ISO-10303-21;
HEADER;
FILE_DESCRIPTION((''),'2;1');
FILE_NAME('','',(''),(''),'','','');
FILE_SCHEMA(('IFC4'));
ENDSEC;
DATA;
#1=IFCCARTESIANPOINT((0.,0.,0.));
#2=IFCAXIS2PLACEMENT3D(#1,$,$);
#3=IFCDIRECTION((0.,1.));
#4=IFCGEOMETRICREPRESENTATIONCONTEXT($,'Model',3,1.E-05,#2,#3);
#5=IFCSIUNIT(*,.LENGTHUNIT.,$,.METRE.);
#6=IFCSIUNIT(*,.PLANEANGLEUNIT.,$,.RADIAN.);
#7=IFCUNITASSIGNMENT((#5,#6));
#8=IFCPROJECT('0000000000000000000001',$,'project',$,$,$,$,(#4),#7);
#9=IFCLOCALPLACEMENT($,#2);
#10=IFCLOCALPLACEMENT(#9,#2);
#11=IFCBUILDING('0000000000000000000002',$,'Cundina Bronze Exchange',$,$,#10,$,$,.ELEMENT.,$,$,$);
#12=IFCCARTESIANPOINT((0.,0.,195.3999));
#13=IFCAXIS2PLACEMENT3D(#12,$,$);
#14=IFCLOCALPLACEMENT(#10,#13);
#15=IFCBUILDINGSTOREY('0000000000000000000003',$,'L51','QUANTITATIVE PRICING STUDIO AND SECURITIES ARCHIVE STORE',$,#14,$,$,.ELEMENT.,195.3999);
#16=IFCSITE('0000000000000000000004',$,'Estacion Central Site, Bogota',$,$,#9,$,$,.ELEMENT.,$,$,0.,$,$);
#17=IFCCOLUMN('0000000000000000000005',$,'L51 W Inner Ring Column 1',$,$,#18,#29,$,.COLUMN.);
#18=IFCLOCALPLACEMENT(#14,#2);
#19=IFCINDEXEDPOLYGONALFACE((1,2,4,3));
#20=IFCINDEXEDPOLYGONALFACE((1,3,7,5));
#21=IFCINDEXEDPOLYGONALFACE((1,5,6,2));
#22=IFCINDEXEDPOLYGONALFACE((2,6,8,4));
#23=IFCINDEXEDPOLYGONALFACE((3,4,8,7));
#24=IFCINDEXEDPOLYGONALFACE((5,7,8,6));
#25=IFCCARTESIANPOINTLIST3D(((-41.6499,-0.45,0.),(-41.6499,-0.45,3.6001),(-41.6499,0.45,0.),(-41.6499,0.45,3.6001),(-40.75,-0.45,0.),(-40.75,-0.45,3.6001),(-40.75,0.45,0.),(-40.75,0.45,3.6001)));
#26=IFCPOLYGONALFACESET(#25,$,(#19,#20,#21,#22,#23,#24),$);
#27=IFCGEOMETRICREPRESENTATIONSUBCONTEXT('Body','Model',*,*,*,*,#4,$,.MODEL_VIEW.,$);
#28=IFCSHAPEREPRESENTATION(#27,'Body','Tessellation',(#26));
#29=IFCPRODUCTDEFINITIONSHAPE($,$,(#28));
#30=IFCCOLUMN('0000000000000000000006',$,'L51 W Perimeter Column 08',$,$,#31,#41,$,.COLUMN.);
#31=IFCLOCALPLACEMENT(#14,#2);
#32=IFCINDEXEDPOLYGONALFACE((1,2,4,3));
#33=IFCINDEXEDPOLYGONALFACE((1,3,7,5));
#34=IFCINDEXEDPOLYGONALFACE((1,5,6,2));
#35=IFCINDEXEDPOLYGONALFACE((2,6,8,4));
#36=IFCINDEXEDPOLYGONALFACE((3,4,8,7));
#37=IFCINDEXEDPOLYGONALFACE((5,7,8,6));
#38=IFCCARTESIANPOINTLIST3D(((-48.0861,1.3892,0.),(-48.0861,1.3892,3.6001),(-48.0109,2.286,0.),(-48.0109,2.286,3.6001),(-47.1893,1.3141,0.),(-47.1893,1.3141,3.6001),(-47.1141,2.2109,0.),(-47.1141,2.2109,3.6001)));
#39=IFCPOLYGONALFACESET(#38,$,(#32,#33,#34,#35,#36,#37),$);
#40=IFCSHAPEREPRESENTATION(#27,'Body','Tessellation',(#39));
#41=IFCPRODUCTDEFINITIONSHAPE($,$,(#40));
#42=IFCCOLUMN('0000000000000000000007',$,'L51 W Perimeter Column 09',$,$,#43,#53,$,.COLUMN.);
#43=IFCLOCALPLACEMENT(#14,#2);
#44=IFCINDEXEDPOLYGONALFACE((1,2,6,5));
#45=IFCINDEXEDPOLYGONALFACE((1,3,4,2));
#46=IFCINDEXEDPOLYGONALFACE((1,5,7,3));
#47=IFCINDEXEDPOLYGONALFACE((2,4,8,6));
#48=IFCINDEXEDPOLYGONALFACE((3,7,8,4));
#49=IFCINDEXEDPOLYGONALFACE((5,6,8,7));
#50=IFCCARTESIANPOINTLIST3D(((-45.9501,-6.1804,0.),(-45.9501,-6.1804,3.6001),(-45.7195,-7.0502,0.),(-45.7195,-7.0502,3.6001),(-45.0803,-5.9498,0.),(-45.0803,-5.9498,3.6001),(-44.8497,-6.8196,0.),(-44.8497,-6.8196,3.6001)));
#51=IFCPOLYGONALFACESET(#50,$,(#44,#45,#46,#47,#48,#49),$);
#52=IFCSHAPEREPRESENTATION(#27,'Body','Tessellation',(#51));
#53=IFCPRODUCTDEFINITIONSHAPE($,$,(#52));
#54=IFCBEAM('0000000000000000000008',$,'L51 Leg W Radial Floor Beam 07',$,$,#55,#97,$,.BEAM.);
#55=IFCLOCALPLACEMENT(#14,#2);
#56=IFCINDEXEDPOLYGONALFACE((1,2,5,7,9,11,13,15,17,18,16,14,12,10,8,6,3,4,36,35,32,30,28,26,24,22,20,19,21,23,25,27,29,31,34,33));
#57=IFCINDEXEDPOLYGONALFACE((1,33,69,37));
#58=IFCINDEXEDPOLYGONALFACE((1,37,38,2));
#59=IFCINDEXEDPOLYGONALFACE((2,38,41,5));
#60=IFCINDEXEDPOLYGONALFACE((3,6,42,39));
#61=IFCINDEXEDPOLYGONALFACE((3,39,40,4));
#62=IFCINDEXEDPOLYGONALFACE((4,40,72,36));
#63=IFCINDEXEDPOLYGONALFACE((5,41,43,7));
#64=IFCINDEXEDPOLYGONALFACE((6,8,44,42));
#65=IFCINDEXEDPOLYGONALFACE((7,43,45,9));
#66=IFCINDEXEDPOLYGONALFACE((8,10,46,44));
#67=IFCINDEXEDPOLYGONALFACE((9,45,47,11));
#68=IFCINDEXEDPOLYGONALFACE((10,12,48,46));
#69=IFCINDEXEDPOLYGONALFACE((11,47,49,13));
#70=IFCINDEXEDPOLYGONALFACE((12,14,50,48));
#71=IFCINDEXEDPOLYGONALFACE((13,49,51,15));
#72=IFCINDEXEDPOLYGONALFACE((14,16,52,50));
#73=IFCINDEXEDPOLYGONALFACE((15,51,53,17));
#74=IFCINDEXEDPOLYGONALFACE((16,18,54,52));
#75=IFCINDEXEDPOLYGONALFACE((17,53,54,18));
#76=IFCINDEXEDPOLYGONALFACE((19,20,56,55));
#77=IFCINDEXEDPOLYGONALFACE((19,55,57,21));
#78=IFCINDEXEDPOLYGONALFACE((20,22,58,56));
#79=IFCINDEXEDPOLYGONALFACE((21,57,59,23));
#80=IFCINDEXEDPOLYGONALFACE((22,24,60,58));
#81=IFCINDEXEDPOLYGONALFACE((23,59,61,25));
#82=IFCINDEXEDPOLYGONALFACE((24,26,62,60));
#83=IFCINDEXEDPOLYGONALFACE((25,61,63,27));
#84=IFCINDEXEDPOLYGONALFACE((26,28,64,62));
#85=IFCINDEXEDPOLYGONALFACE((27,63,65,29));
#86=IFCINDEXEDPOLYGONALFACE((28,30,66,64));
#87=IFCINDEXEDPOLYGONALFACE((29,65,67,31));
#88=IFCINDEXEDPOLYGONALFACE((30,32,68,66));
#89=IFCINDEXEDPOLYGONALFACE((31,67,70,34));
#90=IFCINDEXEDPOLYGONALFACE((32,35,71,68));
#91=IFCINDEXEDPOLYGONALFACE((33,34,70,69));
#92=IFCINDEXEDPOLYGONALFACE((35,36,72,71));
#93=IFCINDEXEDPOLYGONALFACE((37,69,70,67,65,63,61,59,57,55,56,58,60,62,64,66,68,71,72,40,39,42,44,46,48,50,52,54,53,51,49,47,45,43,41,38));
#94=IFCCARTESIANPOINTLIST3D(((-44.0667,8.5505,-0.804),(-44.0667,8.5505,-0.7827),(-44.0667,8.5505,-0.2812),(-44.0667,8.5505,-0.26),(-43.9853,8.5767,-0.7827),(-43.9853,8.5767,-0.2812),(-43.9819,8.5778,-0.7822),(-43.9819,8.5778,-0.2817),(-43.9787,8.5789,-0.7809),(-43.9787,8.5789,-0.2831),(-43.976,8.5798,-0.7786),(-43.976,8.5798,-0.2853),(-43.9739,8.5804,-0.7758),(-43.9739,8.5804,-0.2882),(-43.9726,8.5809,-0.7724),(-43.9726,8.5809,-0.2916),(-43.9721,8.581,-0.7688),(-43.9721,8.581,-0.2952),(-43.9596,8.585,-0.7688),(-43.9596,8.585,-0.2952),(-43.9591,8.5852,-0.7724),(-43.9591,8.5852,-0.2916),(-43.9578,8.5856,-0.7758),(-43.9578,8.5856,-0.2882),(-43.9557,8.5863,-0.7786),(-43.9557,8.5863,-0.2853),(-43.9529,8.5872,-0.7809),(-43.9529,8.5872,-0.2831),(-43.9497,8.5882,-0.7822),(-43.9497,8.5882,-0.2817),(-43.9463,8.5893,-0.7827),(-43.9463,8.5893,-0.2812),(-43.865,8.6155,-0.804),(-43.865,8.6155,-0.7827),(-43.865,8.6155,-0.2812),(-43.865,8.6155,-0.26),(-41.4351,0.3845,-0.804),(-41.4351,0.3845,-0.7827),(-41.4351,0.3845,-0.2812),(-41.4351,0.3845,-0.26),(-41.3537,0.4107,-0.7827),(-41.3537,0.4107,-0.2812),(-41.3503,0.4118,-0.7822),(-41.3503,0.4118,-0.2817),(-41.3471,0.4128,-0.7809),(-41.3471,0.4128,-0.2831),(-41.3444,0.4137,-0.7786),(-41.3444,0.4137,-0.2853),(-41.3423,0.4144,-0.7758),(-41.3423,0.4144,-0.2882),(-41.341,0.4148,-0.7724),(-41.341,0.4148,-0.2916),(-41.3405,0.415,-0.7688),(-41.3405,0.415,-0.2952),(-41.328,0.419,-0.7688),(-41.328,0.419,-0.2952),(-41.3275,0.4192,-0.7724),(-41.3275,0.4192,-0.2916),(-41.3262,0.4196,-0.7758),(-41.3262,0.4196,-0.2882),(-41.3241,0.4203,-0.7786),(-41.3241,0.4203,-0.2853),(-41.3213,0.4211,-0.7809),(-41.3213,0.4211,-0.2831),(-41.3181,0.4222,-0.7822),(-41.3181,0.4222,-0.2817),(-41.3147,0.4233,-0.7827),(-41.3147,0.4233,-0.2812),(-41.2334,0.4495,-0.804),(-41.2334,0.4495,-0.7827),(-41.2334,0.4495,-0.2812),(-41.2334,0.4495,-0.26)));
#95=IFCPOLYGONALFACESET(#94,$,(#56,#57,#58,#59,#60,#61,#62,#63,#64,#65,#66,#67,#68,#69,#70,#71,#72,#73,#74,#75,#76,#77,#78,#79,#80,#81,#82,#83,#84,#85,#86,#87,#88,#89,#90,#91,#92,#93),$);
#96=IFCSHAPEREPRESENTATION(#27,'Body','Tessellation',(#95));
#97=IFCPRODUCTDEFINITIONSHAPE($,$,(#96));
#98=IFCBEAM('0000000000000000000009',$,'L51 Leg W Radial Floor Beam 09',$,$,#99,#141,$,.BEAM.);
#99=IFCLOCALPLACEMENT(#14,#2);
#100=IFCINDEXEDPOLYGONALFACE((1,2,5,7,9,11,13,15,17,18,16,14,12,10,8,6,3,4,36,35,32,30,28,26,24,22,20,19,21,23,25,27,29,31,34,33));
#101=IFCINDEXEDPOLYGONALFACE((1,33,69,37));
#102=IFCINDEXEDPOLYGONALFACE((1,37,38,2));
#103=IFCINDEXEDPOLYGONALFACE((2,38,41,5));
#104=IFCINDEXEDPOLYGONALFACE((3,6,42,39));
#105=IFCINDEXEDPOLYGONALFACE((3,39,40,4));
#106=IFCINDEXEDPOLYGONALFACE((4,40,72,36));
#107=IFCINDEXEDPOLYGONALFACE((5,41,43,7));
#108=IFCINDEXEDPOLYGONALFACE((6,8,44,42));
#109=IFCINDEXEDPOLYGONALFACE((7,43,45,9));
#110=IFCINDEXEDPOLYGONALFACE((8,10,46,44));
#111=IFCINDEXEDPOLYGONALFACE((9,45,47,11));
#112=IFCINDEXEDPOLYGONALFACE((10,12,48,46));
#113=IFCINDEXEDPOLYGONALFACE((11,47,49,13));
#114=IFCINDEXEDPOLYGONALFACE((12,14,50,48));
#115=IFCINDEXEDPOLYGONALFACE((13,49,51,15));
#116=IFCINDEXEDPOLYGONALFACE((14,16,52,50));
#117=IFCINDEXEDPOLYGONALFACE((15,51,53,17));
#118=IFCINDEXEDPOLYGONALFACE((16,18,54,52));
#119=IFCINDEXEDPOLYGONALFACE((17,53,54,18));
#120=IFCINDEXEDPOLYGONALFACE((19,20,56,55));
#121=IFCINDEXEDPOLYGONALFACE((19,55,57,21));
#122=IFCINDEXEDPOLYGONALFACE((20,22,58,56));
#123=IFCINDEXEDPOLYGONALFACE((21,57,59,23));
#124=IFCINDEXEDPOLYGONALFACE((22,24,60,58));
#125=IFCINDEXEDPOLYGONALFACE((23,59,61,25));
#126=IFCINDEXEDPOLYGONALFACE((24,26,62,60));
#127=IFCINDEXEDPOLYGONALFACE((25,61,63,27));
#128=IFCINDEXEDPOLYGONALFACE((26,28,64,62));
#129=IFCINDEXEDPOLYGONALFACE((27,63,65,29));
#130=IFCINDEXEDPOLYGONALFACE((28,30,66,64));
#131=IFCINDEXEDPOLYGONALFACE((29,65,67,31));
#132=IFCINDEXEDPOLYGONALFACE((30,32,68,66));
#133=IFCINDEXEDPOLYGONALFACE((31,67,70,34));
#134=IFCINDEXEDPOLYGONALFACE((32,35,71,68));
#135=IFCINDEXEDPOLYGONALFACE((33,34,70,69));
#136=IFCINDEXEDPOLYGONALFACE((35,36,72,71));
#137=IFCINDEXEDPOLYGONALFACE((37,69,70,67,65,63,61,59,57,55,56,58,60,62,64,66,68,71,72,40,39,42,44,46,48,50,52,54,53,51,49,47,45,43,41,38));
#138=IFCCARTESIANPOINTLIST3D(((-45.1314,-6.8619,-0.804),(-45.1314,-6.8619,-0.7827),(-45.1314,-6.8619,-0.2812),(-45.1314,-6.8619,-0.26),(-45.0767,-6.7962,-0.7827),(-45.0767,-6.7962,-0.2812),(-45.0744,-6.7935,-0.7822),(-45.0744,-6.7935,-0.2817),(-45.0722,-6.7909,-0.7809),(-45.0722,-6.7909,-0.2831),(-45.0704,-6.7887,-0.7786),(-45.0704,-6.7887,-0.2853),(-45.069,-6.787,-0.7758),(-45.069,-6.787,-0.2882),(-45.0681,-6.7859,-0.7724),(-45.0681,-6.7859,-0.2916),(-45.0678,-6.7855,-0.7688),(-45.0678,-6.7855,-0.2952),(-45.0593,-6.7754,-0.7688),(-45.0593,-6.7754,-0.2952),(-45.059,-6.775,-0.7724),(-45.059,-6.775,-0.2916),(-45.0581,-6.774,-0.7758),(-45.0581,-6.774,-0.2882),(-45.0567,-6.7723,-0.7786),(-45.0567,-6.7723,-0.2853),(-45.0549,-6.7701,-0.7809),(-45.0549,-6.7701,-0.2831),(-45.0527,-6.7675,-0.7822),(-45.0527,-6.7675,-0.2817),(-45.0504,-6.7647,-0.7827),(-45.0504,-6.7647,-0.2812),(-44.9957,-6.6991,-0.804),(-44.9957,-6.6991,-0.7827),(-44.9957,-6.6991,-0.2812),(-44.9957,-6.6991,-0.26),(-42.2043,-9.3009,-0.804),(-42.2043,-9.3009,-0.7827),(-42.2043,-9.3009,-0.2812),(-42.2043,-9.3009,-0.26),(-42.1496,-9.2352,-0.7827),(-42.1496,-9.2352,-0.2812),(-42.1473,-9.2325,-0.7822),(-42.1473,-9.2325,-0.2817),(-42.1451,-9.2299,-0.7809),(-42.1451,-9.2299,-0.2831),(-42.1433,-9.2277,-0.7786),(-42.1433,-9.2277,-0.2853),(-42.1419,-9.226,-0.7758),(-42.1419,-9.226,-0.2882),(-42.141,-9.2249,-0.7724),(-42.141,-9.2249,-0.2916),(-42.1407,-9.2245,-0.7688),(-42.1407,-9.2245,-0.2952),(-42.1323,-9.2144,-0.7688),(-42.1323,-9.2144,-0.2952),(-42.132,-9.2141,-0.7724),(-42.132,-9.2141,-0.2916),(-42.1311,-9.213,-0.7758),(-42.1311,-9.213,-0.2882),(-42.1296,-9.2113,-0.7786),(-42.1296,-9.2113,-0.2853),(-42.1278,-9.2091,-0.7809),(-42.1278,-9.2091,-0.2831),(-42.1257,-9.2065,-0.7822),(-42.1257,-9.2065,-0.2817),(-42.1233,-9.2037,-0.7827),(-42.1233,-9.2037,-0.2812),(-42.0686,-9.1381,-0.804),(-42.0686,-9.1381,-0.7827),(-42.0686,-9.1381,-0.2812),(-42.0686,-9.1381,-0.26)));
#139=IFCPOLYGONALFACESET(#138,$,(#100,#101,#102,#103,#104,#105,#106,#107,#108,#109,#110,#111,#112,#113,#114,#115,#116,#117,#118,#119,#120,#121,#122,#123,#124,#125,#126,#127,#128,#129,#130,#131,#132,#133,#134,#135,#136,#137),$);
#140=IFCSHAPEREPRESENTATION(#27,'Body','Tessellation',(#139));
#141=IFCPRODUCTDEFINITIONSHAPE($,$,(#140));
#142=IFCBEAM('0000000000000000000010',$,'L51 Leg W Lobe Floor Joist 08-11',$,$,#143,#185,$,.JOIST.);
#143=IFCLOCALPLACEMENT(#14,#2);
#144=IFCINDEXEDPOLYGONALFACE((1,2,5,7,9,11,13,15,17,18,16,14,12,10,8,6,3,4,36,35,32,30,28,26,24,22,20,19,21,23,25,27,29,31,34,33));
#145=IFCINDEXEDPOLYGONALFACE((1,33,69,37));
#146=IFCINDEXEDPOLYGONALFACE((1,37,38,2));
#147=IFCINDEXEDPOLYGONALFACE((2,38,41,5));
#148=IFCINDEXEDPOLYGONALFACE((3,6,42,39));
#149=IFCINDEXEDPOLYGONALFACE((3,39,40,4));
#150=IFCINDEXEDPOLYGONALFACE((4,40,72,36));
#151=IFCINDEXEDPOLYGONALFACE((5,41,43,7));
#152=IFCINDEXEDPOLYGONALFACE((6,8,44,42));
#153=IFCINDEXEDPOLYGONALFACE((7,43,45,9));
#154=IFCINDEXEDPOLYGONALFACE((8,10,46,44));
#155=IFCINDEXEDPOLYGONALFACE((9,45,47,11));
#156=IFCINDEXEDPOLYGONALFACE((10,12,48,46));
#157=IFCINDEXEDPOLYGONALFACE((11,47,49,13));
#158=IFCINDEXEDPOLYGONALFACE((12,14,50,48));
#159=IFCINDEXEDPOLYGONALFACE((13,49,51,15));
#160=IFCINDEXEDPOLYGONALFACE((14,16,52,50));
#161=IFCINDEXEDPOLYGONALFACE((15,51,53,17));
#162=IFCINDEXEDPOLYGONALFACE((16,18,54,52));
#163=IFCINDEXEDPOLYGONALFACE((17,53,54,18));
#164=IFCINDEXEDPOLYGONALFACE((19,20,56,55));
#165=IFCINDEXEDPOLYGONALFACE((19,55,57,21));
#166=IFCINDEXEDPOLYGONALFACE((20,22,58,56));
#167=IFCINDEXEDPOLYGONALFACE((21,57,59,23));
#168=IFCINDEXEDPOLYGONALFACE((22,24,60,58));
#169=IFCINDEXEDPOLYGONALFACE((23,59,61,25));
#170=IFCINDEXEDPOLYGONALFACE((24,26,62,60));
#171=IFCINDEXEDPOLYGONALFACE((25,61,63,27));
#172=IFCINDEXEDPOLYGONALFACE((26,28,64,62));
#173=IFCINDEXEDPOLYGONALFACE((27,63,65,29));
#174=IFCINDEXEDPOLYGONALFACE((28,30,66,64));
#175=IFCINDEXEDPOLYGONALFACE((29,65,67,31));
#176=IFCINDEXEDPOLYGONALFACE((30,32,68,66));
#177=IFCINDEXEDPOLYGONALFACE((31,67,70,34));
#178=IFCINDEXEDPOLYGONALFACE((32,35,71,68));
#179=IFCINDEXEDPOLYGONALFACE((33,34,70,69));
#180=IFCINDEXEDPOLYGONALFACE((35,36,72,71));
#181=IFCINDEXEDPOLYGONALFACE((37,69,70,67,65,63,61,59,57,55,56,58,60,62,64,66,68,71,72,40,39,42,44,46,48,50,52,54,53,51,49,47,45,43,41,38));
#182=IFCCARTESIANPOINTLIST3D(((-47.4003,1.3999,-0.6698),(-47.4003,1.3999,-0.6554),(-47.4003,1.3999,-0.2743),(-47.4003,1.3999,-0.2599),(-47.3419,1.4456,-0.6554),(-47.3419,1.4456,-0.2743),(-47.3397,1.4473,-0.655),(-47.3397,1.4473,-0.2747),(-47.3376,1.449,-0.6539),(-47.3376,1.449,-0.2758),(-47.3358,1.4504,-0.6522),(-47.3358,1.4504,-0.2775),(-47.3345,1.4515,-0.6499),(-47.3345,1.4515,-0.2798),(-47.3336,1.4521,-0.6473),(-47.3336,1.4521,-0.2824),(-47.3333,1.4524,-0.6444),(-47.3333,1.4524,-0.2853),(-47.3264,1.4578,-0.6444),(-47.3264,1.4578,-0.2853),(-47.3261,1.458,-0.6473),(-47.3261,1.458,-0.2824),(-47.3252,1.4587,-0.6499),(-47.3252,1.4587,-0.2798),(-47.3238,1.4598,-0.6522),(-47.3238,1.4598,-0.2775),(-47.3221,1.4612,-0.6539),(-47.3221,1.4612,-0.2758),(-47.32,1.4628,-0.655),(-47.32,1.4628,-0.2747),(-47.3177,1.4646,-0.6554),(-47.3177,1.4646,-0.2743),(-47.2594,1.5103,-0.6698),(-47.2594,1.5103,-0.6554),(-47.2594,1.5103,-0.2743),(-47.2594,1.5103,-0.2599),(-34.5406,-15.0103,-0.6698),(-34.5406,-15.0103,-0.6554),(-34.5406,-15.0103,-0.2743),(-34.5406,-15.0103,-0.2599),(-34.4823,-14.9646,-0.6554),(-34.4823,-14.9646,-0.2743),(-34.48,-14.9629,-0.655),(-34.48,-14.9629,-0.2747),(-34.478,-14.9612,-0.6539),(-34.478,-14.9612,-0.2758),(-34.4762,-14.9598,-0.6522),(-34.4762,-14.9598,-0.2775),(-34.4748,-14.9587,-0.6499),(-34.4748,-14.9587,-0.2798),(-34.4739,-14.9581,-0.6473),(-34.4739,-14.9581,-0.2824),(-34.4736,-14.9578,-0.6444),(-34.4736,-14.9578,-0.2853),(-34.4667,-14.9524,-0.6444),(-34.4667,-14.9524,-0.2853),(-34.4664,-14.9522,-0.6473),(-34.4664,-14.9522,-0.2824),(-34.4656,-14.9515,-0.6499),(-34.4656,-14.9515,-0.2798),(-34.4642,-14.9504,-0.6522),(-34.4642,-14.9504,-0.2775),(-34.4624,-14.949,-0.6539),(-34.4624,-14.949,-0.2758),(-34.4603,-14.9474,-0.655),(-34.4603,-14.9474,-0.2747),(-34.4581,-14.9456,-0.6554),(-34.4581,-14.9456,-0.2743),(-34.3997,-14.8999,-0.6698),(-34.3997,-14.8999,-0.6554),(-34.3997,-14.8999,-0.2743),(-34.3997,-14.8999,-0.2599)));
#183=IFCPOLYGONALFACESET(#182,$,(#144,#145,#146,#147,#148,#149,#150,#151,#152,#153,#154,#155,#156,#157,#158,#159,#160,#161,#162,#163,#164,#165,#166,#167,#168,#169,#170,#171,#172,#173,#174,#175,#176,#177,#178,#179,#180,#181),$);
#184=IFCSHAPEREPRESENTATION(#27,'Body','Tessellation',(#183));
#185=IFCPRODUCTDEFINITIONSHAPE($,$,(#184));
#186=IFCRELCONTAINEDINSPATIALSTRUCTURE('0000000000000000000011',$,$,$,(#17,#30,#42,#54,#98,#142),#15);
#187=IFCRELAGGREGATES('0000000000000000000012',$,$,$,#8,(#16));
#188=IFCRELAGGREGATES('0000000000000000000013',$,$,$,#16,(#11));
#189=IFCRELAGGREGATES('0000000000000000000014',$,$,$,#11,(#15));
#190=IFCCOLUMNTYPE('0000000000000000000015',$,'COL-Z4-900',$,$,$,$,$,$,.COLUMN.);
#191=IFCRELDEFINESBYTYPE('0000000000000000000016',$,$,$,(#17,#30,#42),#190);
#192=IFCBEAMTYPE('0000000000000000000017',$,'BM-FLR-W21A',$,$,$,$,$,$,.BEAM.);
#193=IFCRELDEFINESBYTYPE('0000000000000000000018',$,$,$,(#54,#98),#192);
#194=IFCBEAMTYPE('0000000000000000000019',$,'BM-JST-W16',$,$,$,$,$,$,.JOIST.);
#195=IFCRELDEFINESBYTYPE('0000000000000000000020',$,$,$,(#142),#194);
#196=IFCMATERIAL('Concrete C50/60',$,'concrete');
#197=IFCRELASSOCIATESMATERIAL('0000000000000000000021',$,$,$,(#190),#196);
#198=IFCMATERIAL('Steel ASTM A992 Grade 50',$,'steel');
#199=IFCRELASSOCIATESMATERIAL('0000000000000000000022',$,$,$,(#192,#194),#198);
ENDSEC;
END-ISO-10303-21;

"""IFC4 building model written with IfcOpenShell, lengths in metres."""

from ifc_helpers import new_model, si_unit, direction, frame, origin, origin_2d, place, context, subcontext, project, spatial, rectangle, i_section, extrude, material, material_profile, profile_set, type_object, element, save


model = new_model("IFC4")

# Units and contexts
model_context = context("Model", 3, precision=1e-05, world=origin(), true_north=direction((0.0, 1.0)))
body_context = subcontext(model_context, "Body", "Model", "MODEL_VIEW")
ifc_project = project(units=[si_unit("LENGTHUNIT", "METRE"), si_unit("PLANEANGLEUNIT", "RADIAN")], contexts=[model_context])

# Site, building, storey
site_placement = place(None, origin())
site = spatial("IfcSite", under=ifc_project, at=site_placement, Name="Estacion Central Site, Bogota", CompositionType="ELEMENT", RefElevation=0.0)
building_placement = place(site_placement, origin())
building = spatial("IfcBuilding", under=site, at=building_placement, Name="Cundina Bronze Exchange", CompositionType="ELEMENT")
storey_placement = place(building_placement, frame((0.0, 0.0, 195.3999)))
storey = spatial("IfcBuildingStorey", under=building, at=storey_placement, Name="L51", Description="QUANTITATIVE PRICING STUDIO AND SECURITIES ARCHIVE STORE", CompositionType="ELEMENT", Elevation=195.3999)

# Columns
ifc_material_1 = material(Name="Concrete C50/60", Category="concrete")
ifc_material_profile_1 = material_profile(ifc_material_1, rectangle(XDim=0.8999, YDim=0.8999, at=origin_2d()), Name="RC900X900", Category="concrete")
ifc_profile_set_1 = profile_set([ifc_material_profile_1], Name="Concrete C50/60")
column_type = type_object("IfcColumnType", Name="COL-Z4-900", PredefinedType="COLUMN", material=ifc_profile_set_1)
for number, where, z_axis, x_axis, name in (
    (1, (-41.2, 0.0, 0.0), (0.0, 0.0, 1.0), (1.0, 0.0, 0.0), "L51 W Inner Ring Column 1"),
    (2, (-47.6001, 1.8, 0.0), (0.0, 0.0, 1.0), (-0.083504, -0.996507, 0.0), "L51 W Perimeter Column 08"),
    (3, (-45.3999, -6.5, 0.0), (0.0, 0.0, 1.0), (0.256289, -0.9666, 0.0), "L51 W Perimeter Column 09"),
):
    element("IfcColumn", number, at=place(storey_placement, frame(where, z_axis=z_axis, x_axis=x_axis)), inside=storey, type_object=column_type, Name=name, PredefinedType="COLUMN", context=body_context, shape_type="SweptSolid", body=[
        extrude(rectangle(XDim=0.8999, YDim=0.8999, at=origin_2d()), origin(), (0.0, 0.0, 1.0), 3.6001),
    ])

# Beams
ifc_material_2 = material(Name="Steel ASTM A992 Grade 50", Category="steel")
ifc_material_profile_2 = material_profile(ifc_material_2, i_section(OverallWidth=0.2119, OverallDepth=0.5439, WebThickness=0.0132, FlangeThickness=0.0212, FilletRadius=0.0139, at=origin_2d()), Name="W21X83", Category="steel")
ifc_profile_set_2 = profile_set([ifc_material_profile_2], Name="Steel ASTM A992 Grade 50")
beam_type_1 = type_object("IfcBeamType", Name="BM-FLR-W21A", PredefinedType="BEAM", material=ifc_profile_set_2)
beam_1_placement = place(storey_placement, frame((-41.3342, 0.417, -0.532), z_axis=(-0.306728, 0.951797, 0.0), x_axis=(-0.951797, -0.306728, 0.0)))
element("IfcBeam", 4, at=beam_1_placement, inside=storey, type_object=beam_type_1, Name="L51 Leg W Radial Floor Beam 07", PredefinedType="BEAM", context=body_context, shape_type="SweptSolid", body=[
    extrude(i_section(OverallWidth=0.2119, OverallDepth=0.5439, WebThickness=0.0132, FlangeThickness=0.0212, FilletRadius=0.0139, at=origin_2d()), origin(), (0.0, 0.0, 1.0), 8.5796),
])
beam_2_placement = place(storey_placement, frame((-42.1365, -9.2195, -0.532), z_axis=(-0.768248, 0.640153, 0.0), x_axis=(-0.640153, -0.768248, 0.0)))
element("IfcBeam", 5, at=beam_2_placement, inside=storey, type_object=beam_type_1, Name="L51 Leg W Radial Floor Beam 09", PredefinedType="BEAM", context=body_context, shape_type="SweptSolid", body=[
    extrude(i_section(OverallWidth=0.2119, OverallDepth=0.5439, WebThickness=0.0132, FlangeThickness=0.0212, FilletRadius=0.0139, at=origin_2d()), origin(), (0.0, 0.0, 1.0), 3.8101),
])
ifc_material_profile_3 = material_profile(ifc_material_2, i_section(OverallWidth=0.179, OverallDepth=0.4099, WebThickness=0.0088, FlangeThickness=0.0144, FilletRadius=0.011, at=origin_2d()), Name="W16X45", Category="steel")
ifc_profile_set_3 = profile_set([ifc_material_profile_3], Name="Steel ASTM A992 Grade 50")
beam_type_2 = type_object("IfcBeamType", Name="BM-JST-W16", PredefinedType="JOIST", material=ifc_profile_set_3)
beam_3_placement = place(storey_placement, frame((-47.3298, 1.4551, -0.4648), z_axis=(0.61681, -0.787112, 0.0), x_axis=(0.787112, 0.61681, 0.0)))
element("IfcBeam", 6, at=beam_3_placement, inside=storey, type_object=beam_type_2, Name="L51 Leg W Lobe Floor Joist 08-11", PredefinedType="JOIST", context=body_context, shape_type="SweptSolid", body=[
    extrude(i_section(OverallWidth=0.179, OverallDepth=0.4099, WebThickness=0.0088, FlangeThickness=0.0144, FilletRadius=0.011, at=origin_2d()), origin(), (0.0, 0.0, 1.0), 20.8486),
])

save(model, "model.ifc")
